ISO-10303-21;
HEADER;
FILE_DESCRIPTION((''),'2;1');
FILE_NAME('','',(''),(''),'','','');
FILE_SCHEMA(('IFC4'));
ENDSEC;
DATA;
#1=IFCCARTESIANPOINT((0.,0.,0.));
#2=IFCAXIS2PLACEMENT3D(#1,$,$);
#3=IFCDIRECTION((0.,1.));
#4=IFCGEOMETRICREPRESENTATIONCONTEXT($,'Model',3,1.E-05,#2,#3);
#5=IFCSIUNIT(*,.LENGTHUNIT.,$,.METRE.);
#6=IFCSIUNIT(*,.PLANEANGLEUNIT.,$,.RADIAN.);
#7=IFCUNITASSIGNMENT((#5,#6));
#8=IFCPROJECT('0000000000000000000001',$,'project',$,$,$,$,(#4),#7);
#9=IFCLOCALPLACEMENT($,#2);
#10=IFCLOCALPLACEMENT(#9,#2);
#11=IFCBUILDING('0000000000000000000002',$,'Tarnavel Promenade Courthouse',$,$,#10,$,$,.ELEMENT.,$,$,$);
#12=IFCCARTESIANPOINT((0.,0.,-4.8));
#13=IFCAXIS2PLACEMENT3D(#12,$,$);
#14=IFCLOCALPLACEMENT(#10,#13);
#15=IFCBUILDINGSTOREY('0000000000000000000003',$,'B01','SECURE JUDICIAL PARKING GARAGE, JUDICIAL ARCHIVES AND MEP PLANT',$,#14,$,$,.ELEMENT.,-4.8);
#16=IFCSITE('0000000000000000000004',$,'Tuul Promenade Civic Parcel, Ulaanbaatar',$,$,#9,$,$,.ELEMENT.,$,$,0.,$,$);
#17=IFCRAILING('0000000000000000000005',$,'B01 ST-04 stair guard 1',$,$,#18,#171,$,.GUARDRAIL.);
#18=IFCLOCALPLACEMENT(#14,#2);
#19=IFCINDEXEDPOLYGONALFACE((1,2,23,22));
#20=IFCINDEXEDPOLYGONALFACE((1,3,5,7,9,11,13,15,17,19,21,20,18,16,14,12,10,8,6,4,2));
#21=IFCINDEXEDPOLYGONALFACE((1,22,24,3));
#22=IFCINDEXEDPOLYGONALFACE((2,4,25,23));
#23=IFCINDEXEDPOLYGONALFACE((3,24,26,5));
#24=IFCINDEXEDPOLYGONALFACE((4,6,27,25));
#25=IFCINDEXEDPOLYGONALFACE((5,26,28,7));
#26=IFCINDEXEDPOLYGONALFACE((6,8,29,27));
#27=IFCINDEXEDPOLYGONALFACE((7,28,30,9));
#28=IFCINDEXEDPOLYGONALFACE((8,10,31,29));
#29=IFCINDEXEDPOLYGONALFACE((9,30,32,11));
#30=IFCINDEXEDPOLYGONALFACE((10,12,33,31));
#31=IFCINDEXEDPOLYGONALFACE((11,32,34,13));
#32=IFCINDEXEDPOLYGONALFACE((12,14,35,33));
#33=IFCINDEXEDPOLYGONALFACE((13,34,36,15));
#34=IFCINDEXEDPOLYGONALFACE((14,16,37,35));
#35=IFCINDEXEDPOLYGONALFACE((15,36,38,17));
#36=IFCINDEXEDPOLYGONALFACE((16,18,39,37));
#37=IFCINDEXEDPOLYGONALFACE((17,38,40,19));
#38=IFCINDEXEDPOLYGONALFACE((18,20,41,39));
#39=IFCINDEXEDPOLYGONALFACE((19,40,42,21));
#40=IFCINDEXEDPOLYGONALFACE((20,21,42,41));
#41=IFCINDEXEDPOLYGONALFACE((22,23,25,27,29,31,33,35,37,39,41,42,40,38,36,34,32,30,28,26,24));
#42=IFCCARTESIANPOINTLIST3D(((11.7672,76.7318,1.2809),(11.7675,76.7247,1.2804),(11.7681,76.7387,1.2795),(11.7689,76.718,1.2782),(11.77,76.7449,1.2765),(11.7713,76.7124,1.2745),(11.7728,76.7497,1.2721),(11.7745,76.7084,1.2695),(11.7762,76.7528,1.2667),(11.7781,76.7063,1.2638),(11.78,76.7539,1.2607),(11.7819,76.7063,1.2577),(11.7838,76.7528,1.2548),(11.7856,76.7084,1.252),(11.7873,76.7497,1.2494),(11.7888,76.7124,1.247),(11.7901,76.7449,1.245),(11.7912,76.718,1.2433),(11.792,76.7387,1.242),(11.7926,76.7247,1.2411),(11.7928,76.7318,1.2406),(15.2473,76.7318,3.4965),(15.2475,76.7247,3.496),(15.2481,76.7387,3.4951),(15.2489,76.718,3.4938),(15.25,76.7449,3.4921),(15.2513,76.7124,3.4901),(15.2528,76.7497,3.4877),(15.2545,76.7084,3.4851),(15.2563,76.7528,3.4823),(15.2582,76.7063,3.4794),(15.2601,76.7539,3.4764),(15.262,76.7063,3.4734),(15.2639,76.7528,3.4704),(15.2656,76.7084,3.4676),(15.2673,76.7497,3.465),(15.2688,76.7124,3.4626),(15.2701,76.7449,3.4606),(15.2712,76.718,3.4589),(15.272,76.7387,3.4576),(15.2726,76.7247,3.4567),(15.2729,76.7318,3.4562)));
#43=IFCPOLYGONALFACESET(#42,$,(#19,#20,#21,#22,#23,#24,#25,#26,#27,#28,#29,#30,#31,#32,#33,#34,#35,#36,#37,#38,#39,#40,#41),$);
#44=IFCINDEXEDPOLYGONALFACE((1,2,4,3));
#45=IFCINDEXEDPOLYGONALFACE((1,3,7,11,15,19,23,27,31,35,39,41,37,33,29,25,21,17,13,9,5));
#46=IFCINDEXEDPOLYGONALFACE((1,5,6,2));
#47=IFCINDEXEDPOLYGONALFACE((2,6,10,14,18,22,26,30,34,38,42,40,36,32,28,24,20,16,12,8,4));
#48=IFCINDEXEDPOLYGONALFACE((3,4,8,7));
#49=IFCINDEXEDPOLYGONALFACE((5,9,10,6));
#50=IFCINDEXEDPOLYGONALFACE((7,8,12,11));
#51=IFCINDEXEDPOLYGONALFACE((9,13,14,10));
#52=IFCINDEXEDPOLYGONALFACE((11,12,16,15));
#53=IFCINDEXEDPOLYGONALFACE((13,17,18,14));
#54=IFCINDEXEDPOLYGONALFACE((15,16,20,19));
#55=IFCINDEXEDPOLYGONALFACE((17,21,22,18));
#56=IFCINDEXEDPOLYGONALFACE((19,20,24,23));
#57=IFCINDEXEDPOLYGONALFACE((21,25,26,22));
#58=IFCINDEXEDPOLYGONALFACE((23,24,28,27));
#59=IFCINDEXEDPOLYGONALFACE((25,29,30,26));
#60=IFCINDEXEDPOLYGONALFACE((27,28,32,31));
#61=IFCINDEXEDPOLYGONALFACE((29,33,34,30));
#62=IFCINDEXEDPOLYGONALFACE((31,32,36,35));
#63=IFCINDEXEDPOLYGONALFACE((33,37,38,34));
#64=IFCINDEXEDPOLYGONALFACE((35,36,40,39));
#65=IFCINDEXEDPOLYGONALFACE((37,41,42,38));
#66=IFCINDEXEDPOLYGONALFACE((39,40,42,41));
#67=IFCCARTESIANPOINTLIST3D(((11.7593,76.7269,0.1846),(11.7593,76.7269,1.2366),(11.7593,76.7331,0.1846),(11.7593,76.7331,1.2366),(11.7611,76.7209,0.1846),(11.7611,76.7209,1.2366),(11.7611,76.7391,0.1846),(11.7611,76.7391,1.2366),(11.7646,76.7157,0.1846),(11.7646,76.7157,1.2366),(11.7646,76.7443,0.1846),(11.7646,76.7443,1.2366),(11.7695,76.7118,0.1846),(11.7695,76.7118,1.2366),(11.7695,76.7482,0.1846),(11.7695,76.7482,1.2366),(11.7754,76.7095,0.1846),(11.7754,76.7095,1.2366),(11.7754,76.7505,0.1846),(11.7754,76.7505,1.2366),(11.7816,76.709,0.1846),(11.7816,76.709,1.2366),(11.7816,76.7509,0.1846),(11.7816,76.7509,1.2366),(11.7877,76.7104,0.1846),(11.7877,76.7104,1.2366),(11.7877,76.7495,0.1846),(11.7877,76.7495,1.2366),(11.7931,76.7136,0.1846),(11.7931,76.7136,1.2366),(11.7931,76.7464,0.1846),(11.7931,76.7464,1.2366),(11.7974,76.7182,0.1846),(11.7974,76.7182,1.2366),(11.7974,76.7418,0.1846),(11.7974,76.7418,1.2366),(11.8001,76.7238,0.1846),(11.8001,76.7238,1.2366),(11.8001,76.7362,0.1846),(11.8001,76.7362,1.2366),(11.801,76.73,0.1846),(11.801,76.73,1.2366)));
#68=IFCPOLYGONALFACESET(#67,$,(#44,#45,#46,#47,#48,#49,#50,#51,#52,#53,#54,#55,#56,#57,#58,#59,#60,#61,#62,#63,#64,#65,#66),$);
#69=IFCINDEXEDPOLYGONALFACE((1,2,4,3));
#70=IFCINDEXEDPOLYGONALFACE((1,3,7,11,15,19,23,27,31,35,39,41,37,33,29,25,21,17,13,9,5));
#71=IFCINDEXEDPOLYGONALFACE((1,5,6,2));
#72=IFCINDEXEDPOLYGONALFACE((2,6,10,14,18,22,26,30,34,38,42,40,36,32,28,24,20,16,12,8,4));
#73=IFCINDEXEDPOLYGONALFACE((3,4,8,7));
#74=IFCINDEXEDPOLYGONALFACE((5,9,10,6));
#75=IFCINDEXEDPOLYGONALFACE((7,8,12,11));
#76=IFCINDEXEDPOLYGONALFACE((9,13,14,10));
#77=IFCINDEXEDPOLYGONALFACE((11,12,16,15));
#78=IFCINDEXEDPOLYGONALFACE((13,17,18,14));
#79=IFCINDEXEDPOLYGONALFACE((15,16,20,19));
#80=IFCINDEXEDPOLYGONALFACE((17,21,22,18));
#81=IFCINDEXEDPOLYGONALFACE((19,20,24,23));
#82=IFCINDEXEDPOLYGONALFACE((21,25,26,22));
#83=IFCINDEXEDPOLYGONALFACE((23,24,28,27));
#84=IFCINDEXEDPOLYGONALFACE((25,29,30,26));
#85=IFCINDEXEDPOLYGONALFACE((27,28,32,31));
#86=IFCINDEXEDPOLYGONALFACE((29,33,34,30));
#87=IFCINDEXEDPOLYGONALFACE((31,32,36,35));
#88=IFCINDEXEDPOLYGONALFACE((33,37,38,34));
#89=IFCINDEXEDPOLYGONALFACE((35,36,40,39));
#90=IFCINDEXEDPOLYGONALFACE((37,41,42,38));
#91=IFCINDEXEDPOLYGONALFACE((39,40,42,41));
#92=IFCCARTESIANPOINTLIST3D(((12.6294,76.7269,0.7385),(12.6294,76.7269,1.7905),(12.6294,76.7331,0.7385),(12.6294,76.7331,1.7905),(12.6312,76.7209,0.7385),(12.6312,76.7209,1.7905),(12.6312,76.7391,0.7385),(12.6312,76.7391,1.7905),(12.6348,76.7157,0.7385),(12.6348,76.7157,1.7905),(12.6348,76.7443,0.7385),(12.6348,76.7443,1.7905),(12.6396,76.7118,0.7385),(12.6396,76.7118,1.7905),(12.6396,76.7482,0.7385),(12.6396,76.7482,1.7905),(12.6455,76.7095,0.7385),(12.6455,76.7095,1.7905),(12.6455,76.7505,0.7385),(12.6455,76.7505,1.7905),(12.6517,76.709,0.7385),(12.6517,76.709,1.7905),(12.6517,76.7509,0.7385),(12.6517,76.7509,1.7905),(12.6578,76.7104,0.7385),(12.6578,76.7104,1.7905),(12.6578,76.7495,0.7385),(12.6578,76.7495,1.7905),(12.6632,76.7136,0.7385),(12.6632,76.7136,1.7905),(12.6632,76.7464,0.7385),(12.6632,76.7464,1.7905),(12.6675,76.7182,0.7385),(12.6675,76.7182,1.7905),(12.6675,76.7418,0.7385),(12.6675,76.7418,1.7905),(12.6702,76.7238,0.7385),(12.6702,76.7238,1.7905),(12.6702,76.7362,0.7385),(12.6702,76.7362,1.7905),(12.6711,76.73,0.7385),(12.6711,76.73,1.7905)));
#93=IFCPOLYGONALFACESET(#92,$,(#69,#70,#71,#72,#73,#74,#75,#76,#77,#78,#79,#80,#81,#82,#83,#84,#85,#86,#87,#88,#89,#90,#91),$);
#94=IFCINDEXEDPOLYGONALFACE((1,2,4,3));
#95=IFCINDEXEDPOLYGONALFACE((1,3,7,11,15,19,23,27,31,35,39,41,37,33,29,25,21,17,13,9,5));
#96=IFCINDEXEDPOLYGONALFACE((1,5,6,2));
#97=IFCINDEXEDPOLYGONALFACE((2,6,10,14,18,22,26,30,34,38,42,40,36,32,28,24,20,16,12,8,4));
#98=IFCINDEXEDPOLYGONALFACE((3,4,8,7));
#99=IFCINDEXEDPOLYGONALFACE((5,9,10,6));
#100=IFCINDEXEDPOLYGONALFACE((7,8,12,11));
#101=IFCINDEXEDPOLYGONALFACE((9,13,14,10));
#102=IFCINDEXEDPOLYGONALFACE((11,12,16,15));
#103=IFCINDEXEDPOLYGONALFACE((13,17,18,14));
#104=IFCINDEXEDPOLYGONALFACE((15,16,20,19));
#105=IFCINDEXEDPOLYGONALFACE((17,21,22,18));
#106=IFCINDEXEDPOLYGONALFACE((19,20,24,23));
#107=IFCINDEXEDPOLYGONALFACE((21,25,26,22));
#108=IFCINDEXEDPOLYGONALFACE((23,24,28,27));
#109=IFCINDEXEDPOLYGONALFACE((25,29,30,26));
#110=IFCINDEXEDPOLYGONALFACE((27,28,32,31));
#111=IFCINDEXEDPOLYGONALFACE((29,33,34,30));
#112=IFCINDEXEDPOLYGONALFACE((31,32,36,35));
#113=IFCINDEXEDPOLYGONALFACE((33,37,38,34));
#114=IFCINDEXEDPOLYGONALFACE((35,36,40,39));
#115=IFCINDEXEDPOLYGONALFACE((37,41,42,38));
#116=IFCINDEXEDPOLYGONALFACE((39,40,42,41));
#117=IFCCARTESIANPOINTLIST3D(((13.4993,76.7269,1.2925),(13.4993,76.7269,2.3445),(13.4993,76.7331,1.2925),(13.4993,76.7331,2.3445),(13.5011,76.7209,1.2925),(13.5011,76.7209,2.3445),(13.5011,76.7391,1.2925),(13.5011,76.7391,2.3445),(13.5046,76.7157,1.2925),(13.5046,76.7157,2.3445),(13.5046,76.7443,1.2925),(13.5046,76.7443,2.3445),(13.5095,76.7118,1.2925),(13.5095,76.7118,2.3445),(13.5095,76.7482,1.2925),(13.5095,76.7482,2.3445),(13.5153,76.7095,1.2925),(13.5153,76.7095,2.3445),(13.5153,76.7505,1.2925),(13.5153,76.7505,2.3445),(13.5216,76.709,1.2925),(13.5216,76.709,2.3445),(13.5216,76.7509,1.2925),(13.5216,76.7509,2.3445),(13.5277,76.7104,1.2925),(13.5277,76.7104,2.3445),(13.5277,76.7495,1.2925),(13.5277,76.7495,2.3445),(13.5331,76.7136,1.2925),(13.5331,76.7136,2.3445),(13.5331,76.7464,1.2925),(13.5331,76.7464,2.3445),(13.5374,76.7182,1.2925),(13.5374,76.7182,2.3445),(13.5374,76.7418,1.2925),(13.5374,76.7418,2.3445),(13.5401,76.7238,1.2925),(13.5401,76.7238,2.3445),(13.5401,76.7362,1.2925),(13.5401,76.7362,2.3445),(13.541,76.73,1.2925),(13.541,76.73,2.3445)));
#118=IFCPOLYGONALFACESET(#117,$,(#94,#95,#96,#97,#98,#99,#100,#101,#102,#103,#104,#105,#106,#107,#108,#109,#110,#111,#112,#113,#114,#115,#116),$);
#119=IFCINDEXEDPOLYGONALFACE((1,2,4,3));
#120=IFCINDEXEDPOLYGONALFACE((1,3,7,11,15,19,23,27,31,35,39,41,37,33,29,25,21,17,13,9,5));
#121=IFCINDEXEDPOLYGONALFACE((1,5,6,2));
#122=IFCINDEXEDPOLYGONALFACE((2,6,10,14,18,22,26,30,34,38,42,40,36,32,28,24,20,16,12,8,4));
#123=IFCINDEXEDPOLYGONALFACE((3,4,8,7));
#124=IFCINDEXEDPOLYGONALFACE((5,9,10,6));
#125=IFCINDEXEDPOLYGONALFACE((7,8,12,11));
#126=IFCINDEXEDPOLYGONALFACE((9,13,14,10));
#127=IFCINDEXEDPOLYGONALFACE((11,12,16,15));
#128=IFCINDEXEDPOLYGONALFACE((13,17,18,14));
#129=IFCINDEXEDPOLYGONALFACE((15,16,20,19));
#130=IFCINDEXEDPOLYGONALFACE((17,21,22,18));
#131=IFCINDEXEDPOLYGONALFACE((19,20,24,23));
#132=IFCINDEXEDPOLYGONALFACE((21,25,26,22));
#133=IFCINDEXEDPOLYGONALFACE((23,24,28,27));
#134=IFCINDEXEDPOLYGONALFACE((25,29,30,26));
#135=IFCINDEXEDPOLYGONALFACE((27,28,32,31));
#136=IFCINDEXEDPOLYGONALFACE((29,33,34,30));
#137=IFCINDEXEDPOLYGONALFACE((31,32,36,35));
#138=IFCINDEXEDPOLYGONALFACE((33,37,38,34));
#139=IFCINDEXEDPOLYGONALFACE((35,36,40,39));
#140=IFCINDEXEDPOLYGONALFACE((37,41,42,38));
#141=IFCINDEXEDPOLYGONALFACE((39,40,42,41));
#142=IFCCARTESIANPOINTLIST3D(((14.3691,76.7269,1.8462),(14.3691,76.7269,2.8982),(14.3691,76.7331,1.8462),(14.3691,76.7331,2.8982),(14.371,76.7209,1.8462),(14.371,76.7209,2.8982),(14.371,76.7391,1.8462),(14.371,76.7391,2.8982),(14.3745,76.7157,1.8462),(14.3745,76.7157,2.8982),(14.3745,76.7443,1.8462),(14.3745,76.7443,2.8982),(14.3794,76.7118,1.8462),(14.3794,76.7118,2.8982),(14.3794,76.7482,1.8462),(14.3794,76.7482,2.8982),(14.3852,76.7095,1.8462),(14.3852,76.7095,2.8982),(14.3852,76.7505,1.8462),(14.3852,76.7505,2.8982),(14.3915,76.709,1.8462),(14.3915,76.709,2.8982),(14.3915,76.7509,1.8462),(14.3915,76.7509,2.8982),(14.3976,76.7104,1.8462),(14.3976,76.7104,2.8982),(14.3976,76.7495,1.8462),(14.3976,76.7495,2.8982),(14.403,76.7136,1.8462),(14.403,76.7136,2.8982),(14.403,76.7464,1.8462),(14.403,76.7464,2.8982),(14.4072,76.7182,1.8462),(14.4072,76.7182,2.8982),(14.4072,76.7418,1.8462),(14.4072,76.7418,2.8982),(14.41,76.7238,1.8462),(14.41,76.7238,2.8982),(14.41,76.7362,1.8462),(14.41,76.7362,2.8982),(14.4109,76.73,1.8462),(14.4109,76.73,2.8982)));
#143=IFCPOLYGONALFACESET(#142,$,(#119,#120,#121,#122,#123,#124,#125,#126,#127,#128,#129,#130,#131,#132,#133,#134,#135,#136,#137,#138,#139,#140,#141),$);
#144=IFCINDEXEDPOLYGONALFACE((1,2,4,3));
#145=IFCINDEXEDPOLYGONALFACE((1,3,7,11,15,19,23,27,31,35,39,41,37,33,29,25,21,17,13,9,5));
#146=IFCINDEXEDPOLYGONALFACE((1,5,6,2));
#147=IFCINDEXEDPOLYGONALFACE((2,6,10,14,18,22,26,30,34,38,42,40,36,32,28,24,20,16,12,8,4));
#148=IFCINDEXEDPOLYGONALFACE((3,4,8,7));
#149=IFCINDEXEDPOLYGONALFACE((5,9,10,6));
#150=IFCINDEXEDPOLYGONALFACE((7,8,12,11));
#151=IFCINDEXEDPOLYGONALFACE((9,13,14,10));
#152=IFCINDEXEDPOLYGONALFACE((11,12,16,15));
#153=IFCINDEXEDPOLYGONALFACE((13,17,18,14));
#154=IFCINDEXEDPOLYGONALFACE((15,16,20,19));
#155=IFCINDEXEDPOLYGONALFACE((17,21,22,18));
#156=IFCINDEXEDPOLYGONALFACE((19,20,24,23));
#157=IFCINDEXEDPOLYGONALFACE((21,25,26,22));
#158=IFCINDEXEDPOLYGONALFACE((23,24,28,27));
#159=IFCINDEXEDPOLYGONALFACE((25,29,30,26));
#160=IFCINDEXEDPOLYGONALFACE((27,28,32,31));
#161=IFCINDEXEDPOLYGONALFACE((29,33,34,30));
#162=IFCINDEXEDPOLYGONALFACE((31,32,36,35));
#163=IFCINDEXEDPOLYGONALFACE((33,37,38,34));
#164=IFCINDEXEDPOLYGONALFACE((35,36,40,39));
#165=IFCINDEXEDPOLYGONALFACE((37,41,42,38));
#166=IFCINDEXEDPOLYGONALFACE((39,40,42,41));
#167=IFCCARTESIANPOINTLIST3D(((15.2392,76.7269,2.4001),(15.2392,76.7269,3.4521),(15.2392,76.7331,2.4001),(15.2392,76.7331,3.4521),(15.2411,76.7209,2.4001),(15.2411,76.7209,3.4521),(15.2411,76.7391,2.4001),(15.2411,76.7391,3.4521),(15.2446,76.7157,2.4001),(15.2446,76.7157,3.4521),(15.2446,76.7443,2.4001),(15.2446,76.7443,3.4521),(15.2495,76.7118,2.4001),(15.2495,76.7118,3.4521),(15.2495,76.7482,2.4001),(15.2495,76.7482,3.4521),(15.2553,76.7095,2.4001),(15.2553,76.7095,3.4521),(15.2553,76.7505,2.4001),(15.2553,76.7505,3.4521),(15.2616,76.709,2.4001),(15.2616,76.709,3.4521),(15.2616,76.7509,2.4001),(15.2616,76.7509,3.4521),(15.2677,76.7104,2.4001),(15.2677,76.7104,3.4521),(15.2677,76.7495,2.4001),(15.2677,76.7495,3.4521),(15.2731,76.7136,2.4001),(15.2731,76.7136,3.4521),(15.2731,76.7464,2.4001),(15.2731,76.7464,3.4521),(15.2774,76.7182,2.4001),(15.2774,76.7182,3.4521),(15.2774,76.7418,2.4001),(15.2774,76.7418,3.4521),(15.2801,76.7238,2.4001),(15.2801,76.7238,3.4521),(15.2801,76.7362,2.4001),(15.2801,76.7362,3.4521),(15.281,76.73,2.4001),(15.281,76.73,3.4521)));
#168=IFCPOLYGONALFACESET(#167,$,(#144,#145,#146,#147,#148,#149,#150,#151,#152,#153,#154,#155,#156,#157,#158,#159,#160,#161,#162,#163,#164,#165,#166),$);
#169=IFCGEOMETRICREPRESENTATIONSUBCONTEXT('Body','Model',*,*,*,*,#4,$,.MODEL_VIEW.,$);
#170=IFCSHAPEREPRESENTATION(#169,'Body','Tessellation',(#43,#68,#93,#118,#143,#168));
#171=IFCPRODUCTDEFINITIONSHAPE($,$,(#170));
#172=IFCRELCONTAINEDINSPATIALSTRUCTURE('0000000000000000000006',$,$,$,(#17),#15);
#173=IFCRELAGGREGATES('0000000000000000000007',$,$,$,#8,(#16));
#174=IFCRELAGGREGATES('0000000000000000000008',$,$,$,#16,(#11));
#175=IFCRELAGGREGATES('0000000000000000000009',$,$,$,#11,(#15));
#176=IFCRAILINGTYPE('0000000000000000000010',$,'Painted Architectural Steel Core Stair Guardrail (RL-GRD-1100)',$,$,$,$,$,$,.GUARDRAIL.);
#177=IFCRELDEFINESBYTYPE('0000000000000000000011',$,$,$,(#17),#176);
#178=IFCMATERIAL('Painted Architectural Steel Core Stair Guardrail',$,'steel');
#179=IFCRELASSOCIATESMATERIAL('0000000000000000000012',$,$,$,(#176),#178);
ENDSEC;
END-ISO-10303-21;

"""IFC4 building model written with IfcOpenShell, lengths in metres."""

from ifc_helpers import new_model, si_unit, direction, frame, origin, origin_2d, place, context, subcontext, project, spatial, circle, extrude, material, type_object, element, save


model = new_model("IFC4")

# Units and contexts
model_context = context("Model", 3, precision=1e-05, world=origin(), true_north=direction((0.0, 1.0)))
body_context = subcontext(model_context, "Body", "Model", "MODEL_VIEW")
ifc_project = project(units=[si_unit("LENGTHUNIT", "METRE"), si_unit("PLANEANGLEUNIT", "RADIAN")], contexts=[model_context])

# Site, building, storey
site_placement = place(None, origin())
site = spatial("IfcSite", under=ifc_project, at=site_placement, Name="Tuul Promenade Civic Parcel, Ulaanbaatar", CompositionType="ELEMENT", RefElevation=0.0)
building_placement = place(site_placement, origin())
building = spatial("IfcBuilding", under=site, at=building_placement, Name="Tarnavel Promenade Courthouse", CompositionType="ELEMENT")
storey_placement = place(building_placement, frame((0.0, 0.0, -4.8)))
storey = spatial("IfcBuildingStorey", under=building, at=storey_placement, Name="B01", Description="SECURE JUDICIAL PARKING GARAGE, JUDICIAL ARCHIVES AND MEP PLANT", CompositionType="ELEMENT", Elevation=-4.8)

# Railing
ifc_material_1 = material(Name="Painted Architectural Steel Core Stair Guardrail", Category="steel")
railing_type_1 = type_object("IfcRailingType", Name="Painted Architectural Steel Core Stair Guardrail (RL-GRD-1100)", PredefinedType="GUARDRAIL", material=ifc_material_1)
railing_1_placement = place(storey_placement, frame((11.78, 76.73, 0.1846)))
element("IfcRailing", 1, at=railing_1_placement, inside=storey, type_object=railing_type_1, Name="B01 ST-04 stair guard 1", PredefinedType="GUARDRAIL", context=body_context, shape_type="SweptSolid", body=[
    extrude(circle(Radius=0.0239, at=origin_2d()), frame((0.0, 0.0, 1.0762), z_axis=(0.843547, 0.0, 0.537055), x_axis=(0.0, 1.0, 0.0)), (0.0, 0.0, 1.0), 4.1255),
    extrude(circle(Radius=0.021, at=origin_2d()), origin(), (0.0, 0.0, 1.0), 1.052),
    extrude(circle(Radius=0.021, at=origin_2d()), frame((0.8701, 0.0, 0.554)), (0.0, 0.0, 1.0), 1.052),
    extrude(circle(Radius=0.021, at=origin_2d()), frame((1.74, 0.0, 1.1079)), (0.0, 0.0, 1.0), 1.052),
    extrude(circle(Radius=0.021, at=origin_2d()), frame((2.6099, 0.0, 1.6616)), (0.0, 0.0, 1.0), 1.052),
    extrude(circle(Radius=0.021, at=origin_2d()), frame((3.48, 0.0, 2.2156)), (0.0, 0.0, 1.0), 1.052),
])

save(model, "model.ifc")
